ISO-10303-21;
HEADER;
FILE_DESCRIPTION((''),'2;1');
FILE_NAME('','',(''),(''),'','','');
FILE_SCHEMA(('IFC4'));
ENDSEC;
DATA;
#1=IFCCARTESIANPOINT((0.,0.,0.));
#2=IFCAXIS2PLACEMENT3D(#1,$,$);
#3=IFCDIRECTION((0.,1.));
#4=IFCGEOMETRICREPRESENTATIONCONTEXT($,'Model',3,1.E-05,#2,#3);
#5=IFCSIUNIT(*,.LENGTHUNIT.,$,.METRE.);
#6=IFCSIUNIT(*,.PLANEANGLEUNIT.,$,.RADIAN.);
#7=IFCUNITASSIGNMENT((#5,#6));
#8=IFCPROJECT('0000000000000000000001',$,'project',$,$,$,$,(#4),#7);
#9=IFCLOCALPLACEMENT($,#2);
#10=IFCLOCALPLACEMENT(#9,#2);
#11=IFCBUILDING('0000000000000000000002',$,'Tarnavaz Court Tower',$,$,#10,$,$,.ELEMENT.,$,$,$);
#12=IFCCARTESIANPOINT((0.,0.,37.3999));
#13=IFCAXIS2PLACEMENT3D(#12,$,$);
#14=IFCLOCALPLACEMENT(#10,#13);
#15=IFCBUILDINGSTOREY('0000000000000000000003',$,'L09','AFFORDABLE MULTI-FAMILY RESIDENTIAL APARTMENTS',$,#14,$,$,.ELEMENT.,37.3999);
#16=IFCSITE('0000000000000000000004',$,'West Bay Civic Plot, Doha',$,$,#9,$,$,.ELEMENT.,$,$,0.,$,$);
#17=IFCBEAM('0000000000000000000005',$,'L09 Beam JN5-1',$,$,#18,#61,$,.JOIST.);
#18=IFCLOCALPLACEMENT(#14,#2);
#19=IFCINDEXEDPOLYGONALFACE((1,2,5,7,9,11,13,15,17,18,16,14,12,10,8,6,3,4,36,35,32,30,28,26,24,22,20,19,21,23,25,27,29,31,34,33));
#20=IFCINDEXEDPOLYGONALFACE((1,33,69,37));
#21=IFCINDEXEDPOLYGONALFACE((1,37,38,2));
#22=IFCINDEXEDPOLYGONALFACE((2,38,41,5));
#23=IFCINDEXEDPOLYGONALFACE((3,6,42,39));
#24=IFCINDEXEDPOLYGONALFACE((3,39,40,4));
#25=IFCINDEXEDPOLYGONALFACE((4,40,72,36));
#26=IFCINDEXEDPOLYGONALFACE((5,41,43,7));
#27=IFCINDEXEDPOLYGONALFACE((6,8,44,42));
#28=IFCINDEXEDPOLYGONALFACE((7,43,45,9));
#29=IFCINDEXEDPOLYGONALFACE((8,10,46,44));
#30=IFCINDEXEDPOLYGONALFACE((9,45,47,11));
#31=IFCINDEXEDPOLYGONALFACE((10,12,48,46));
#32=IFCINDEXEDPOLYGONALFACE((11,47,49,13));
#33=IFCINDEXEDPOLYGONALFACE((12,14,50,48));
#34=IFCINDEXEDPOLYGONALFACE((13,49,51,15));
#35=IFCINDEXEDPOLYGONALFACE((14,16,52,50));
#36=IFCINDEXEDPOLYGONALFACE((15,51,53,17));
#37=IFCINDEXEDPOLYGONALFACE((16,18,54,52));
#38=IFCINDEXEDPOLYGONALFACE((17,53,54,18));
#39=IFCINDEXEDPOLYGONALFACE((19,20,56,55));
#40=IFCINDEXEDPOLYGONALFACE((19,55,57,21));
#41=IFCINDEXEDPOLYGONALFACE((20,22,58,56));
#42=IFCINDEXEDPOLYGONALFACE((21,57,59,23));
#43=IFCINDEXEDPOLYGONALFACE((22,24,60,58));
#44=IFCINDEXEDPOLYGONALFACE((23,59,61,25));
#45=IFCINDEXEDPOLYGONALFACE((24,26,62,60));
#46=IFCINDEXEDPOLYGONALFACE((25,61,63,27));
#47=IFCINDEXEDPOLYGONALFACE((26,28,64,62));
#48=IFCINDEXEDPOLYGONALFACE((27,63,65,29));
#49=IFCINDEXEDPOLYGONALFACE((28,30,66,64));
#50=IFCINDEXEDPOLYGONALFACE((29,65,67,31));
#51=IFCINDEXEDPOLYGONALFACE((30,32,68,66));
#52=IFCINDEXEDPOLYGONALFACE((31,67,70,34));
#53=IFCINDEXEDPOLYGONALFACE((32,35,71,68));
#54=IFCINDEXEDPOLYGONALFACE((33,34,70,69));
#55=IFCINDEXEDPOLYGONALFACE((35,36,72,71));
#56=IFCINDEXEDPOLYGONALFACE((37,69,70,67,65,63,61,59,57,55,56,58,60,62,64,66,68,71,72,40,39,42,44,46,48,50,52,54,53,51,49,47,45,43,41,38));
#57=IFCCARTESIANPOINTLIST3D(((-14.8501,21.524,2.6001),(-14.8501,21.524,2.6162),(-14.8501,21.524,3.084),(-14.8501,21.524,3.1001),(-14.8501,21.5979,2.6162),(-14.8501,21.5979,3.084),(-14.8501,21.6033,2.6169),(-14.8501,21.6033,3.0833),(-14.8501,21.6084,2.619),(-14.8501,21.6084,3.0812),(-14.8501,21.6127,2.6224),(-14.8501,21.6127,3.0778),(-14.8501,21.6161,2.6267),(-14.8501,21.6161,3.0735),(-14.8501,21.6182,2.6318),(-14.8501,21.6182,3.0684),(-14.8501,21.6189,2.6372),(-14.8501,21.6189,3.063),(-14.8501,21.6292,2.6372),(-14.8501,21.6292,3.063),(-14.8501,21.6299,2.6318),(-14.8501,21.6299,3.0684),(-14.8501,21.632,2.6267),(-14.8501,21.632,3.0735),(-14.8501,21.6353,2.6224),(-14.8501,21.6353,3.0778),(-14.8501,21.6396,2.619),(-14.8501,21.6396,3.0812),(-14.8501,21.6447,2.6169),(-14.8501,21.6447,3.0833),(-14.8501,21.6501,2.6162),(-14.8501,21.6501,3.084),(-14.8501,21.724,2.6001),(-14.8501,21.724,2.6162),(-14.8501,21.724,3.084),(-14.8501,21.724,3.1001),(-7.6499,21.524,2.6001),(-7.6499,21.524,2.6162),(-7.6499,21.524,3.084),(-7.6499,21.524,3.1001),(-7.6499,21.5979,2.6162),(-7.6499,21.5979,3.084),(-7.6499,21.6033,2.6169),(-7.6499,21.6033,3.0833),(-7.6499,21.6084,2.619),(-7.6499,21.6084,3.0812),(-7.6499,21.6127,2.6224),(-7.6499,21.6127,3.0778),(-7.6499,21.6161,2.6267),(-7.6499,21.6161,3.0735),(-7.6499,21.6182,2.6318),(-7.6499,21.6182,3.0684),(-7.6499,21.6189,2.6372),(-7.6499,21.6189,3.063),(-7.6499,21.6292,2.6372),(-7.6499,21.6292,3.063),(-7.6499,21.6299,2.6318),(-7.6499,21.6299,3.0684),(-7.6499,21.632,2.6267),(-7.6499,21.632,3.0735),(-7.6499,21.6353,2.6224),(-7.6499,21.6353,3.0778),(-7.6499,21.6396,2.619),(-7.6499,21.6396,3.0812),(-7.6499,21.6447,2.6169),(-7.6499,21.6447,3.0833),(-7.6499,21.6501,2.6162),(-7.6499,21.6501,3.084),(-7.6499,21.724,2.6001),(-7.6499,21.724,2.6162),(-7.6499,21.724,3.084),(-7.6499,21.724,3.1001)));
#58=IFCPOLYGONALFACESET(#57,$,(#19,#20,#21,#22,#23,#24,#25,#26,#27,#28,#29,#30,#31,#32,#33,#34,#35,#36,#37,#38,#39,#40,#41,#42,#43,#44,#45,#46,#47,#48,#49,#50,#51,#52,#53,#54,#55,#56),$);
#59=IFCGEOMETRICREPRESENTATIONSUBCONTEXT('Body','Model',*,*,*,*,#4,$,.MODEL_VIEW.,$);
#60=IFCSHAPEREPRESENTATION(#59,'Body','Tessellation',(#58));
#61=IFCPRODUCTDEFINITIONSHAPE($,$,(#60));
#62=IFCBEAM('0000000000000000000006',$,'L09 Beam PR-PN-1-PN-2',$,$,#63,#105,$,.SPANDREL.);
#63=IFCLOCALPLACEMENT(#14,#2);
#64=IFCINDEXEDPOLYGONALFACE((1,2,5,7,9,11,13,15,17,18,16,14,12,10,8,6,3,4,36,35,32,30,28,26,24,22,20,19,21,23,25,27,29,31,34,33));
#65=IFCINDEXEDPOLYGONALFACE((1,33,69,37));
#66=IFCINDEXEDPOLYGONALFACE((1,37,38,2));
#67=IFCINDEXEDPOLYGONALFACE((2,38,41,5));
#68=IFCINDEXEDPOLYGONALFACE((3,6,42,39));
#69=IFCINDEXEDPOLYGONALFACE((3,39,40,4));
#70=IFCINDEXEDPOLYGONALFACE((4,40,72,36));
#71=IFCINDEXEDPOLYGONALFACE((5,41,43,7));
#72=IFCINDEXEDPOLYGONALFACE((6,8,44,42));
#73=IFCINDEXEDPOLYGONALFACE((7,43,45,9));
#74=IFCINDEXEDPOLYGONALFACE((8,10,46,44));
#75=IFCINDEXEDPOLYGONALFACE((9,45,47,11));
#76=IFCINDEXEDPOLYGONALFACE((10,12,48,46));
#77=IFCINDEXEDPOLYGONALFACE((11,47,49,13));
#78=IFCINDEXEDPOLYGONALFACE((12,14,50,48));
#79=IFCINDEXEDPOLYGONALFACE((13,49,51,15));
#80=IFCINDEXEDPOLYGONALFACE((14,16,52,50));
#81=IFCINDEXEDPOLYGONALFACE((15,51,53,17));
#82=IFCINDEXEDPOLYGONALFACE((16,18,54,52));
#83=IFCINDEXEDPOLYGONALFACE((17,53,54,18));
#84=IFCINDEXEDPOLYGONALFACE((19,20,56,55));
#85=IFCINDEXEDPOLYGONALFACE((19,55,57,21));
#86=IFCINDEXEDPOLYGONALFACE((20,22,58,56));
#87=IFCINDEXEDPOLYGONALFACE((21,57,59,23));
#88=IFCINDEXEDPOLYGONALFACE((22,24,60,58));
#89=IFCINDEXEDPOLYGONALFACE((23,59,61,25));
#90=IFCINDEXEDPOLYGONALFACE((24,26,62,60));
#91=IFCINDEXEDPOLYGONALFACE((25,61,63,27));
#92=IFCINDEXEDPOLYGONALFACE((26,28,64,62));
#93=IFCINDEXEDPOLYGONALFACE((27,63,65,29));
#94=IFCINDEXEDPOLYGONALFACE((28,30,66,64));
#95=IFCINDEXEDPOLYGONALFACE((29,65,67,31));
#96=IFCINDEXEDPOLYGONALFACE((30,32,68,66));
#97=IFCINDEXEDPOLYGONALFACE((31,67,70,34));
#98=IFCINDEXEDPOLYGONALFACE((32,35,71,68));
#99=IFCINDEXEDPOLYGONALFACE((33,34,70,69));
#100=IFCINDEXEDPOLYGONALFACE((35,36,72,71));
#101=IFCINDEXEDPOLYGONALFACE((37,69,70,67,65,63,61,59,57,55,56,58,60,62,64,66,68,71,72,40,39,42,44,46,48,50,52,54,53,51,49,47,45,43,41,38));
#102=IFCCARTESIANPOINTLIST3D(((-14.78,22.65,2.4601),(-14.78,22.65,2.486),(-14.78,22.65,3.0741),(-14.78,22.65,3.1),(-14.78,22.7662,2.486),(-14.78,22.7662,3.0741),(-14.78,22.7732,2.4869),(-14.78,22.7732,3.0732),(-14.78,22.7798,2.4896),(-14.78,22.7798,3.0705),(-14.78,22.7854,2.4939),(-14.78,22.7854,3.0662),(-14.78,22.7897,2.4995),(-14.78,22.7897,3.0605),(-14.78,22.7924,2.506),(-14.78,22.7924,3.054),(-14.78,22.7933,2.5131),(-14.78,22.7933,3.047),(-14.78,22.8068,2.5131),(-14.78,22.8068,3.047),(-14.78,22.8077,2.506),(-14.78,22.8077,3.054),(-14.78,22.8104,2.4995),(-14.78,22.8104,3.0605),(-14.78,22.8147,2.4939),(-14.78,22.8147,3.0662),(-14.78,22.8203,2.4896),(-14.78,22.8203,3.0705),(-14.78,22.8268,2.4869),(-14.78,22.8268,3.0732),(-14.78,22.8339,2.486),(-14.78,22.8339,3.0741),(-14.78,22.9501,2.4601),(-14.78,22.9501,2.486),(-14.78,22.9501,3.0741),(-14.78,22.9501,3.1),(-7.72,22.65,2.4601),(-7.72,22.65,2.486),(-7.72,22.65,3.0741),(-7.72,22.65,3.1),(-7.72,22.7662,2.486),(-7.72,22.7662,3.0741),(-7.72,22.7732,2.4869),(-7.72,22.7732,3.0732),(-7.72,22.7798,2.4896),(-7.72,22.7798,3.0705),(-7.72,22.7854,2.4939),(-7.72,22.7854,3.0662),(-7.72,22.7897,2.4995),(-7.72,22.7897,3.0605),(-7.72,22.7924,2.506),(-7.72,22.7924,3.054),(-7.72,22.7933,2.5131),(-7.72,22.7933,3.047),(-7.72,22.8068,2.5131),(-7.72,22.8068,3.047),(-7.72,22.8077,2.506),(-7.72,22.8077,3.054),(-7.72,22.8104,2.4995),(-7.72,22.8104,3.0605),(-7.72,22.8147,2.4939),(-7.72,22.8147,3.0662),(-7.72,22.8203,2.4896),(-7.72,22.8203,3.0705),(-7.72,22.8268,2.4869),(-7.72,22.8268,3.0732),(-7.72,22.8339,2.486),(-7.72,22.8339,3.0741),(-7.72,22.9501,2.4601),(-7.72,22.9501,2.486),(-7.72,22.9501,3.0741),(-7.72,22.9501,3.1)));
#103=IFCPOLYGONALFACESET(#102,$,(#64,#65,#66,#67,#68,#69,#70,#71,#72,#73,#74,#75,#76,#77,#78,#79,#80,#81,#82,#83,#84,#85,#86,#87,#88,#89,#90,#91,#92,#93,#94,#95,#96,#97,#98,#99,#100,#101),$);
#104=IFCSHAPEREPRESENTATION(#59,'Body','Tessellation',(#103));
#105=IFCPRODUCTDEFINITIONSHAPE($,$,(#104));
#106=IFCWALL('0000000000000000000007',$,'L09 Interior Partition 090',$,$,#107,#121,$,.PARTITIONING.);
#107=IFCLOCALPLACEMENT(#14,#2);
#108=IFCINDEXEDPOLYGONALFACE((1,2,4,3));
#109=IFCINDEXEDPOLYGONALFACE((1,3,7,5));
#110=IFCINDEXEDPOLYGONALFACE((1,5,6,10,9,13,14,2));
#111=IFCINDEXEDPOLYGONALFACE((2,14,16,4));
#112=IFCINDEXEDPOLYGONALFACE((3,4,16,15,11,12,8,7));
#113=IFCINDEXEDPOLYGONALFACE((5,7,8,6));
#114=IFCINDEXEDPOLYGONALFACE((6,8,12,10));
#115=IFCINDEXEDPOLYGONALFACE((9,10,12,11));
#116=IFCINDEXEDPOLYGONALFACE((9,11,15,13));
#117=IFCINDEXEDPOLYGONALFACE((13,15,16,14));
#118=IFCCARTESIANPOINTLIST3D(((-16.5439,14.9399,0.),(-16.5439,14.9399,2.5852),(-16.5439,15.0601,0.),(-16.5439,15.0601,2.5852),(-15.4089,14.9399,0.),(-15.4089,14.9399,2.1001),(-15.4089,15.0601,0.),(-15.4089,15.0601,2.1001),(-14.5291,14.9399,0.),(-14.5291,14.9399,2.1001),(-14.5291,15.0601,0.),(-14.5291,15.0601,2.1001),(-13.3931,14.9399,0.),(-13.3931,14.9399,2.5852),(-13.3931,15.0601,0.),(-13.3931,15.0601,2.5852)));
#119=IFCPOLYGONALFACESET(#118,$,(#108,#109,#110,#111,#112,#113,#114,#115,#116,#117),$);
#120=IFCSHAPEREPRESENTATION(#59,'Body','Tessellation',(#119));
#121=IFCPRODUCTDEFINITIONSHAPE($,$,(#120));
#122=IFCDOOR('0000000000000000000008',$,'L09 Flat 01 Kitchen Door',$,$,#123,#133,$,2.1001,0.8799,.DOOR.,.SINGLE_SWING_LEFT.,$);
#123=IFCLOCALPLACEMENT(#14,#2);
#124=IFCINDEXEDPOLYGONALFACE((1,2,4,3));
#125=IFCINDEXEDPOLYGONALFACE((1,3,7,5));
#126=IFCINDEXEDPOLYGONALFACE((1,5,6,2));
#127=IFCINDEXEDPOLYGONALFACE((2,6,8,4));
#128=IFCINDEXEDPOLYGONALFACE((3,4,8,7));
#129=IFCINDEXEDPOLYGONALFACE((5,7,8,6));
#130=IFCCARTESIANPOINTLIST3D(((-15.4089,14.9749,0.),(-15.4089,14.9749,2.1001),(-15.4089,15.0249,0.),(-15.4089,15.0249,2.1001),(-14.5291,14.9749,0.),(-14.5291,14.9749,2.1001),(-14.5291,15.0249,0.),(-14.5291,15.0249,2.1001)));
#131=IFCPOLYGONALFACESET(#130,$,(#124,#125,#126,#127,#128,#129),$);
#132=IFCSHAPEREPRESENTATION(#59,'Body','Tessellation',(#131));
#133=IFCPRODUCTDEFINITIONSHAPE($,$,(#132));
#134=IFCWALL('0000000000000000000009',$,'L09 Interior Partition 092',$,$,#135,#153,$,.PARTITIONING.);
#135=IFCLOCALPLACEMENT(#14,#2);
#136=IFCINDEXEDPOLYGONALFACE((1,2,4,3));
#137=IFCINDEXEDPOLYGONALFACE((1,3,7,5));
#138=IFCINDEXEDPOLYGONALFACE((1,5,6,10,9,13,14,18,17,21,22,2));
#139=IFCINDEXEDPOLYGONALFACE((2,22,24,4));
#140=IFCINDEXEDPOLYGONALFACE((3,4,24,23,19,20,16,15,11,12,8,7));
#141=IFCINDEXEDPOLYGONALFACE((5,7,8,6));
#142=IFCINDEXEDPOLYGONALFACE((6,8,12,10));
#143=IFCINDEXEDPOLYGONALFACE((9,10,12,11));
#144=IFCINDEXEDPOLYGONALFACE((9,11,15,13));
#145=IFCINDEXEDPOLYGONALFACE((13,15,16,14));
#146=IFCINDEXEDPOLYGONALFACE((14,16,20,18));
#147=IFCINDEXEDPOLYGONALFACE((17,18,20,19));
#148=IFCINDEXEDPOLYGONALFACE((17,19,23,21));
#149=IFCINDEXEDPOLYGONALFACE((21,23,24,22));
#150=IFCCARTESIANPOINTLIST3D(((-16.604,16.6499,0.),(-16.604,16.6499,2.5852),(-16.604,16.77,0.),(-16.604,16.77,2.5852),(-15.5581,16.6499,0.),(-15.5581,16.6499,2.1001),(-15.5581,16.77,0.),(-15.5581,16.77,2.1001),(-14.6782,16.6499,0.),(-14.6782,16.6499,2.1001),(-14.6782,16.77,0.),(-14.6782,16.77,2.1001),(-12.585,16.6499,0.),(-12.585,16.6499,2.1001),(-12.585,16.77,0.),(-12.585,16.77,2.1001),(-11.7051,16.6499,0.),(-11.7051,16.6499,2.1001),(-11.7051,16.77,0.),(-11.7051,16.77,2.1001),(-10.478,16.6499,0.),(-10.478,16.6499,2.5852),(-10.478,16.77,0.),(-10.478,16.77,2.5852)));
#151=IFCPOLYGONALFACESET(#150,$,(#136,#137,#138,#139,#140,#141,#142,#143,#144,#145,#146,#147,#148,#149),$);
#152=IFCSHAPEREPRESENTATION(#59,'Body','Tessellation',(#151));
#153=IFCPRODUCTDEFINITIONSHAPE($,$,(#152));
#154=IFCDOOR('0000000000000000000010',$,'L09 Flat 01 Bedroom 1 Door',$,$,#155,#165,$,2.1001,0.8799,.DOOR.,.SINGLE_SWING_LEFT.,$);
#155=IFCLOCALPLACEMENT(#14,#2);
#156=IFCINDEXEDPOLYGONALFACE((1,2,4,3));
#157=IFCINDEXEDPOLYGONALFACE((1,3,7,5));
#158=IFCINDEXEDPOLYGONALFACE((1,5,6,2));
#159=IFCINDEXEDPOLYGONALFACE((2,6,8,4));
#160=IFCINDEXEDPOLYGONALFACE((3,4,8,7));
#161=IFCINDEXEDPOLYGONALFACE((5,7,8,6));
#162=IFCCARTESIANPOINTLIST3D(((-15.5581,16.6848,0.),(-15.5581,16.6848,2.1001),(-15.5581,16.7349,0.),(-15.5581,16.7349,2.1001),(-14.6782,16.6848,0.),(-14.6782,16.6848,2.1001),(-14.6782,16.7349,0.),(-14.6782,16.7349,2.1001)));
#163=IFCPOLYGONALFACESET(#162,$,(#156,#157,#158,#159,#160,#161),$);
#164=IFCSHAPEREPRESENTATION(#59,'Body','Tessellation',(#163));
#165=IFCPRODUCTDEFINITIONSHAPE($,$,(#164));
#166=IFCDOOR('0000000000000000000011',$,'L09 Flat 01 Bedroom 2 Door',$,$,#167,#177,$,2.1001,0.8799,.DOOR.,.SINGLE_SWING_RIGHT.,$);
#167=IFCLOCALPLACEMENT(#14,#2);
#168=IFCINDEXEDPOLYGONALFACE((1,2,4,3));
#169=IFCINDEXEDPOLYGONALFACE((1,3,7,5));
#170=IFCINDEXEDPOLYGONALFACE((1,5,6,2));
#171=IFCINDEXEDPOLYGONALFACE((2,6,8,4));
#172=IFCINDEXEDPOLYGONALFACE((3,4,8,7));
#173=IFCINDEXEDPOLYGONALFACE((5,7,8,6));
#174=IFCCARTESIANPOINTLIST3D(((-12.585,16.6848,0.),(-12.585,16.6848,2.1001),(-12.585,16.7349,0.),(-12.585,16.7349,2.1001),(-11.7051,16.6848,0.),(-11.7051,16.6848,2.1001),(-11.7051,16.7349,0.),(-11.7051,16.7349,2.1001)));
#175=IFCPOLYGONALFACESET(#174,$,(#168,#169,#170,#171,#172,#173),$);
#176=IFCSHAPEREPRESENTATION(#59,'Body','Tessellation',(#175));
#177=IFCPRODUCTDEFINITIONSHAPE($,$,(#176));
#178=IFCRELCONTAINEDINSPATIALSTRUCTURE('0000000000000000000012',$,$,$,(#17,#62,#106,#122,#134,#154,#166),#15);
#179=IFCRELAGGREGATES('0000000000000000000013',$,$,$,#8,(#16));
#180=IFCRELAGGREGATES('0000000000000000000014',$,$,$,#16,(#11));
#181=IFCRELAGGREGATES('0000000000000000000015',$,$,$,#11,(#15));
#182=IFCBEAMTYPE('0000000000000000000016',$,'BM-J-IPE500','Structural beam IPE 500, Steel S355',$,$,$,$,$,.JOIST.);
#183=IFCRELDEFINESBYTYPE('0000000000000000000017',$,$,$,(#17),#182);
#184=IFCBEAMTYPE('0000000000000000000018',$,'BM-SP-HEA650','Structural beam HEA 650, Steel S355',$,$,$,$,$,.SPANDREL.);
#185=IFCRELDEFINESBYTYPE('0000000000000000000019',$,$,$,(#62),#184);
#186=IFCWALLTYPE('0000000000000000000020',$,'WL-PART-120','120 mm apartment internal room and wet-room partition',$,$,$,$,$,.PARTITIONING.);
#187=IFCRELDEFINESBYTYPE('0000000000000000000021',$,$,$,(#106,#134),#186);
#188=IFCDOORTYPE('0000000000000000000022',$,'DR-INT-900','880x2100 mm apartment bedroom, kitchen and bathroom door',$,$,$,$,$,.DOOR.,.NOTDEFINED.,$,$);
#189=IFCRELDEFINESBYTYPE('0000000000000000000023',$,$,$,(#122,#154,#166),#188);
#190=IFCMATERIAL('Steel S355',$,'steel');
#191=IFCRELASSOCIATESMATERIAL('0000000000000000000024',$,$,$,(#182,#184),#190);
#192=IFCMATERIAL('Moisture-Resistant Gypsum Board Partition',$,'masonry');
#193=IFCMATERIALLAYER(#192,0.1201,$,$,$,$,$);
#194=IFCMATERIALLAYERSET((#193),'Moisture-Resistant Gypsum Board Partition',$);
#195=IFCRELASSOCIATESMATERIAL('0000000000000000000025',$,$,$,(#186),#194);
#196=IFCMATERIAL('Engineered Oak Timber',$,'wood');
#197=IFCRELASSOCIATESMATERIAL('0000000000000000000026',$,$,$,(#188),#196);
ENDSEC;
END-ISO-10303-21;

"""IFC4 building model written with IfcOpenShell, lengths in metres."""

from ifc_helpers import new_model, si_unit, direction, frame, frame_2d, origin, origin_2d, place, context, subcontext, project, spatial, rectangle, i_section, extrude, material, layer, layer_set, material_profile, profile_set, type_object, element, fill, save


model = new_model("IFC4")

# Units and contexts
model_context = context("Model", 3, precision=1e-05, world=origin(), true_north=direction((0.0, 1.0)))
body_context = subcontext(model_context, "Body", "Model", "MODEL_VIEW")
ifc_project = project(units=[si_unit("LENGTHUNIT", "METRE"), si_unit("PLANEANGLEUNIT", "RADIAN")], contexts=[model_context])

# Site, building, storey
site_placement = place(None, origin())
site = spatial("IfcSite", under=ifc_project, at=site_placement, Name="West Bay Civic Plot, Doha", CompositionType="ELEMENT", RefElevation=0.0)
building_placement = place(site_placement, origin())
building = spatial("IfcBuilding", under=site, at=building_placement, Name="Tarnavaz Court Tower", CompositionType="ELEMENT")
storey_placement = place(building_placement, frame((0.0, 0.0, 37.3999)))
storey = spatial("IfcBuildingStorey", under=building, at=storey_placement, Name="L09", Description="AFFORDABLE MULTI-FAMILY RESIDENTIAL APARTMENTS", CompositionType="ELEMENT", Elevation=37.3999)

# Beams
ifc_material_1 = material(Name="Steel S355", Category="steel")
ifc_material_profile_1 = material_profile(ifc_material_1, i_section(OverallWidth=0.2, OverallDepth=0.5, WebThickness=0.0103, FlangeThickness=0.0161, FilletRadius=0.021, at=origin_2d()), Name="IPE 500")
ifc_profile_set_1 = profile_set([ifc_material_profile_1], Name="Steel S355")
beam_type_1 = type_object("IfcBeamType", Name="BM-J-IPE500", Description="Structural beam IPE 500, Steel S355", PredefinedType="JOIST", material=ifc_profile_set_1)
for number, where, z_axis, x_axis, name in (
    (1, (-14.8501, 21.624, 2.8501), (1.0, 0.0, 0.0), (0.0, 1.0, 0.0), "L09 Beam JN5-1"),
):
    element("IfcBeam", number, at=place(storey_placement, frame(where, z_axis=z_axis, x_axis=x_axis)), inside=storey, type_object=beam_type_1, Name=name, PredefinedType="JOIST", context=body_context, shape_type="SweptSolid", body=[
        extrude(i_section(OverallWidth=0.2, OverallDepth=0.5, WebThickness=0.0103, FlangeThickness=0.0161, FilletRadius=0.021, at=origin_2d()), origin(), (0.0, 0.0, 1.0), 7.2002),
    ])
ifc_material_profile_2 = material_profile(ifc_material_1, i_section(OverallWidth=0.3, OverallDepth=0.6399, WebThickness=0.0134, FlangeThickness=0.0259, FilletRadius=0.0271, at=origin_2d()), Name="HEA 650")
ifc_profile_set_2 = profile_set([ifc_material_profile_2], Name="Steel S355")
beam_type_2 = type_object("IfcBeamType", Name="BM-SP-HEA650", Description="Structural beam HEA 650, Steel S355", PredefinedType="SPANDREL", material=ifc_profile_set_2)
beam_placement = place(storey_placement, frame((-14.78, 22.8, 2.78), z_axis=(1.0, 0.0, 0.0), x_axis=(0.0, 1.0, 0.0)))
element("IfcBeam", 2, at=beam_placement, inside=storey, type_object=beam_type_2, Name="L09 Beam PR-PN-1-PN-2", PredefinedType="SPANDREL", context=body_context, shape_type="SweptSolid", body=[
    extrude(i_section(OverallWidth=0.3, OverallDepth=0.6399, WebThickness=0.0134, FlangeThickness=0.0259, FilletRadius=0.0271, at=origin_2d()), origin(), (0.0, 0.0, 1.0), 7.0601),
])

# Wall, opening, door
ifc_material_2 = material(Name="Moisture-Resistant Gypsum Board Partition", Category="masonry")
ifc_layer_1 = layer(ifc_material_2, 0.1201)
ifc_layer_set_1 = layer_set([ifc_layer_1], Name="Moisture-Resistant Gypsum Board Partition")
wall_type_1 = type_object("IfcWallType", Name="WL-PART-120", Description="120 mm apartment internal room and wet-room partition", PredefinedType="PARTITIONING", material=ifc_layer_set_1)
wall_1_placement = place(storey_placement, frame((-16.5439, 15.0, 0.0), z_axis=(0.0, 0.0, 1.0), x_axis=(1.0, 0.0, 0.0)))
wall_1 = element("IfcWall", 3, at=wall_1_placement, inside=storey, type_object=wall_type_1, Name="L09 Interior Partition 090", PredefinedType="PARTITIONING", context=body_context, shape_type="SweptSolid", body=[
    extrude(rectangle(XDim=3.1509, YDim=0.1201, at=frame_2d((1.5754, 0.0))), origin(), (0.0, 0.0, 1.0), 2.5852),
])
opening_1_placement = place(wall_1_placement, frame((1.135, 0.0, 0.0)))
opening_1 = element("IfcOpeningElement", 4, at=opening_1_placement, cuts=wall_1, PredefinedType="OPENING", context=body_context, shape_type="SweptSolid", body=[
    extrude(rectangle(XDim=0.8799, YDim=2.1001, at=frame_2d((0.4399, 1.05))), frame((0.0, 0.0701, 0.0), z_axis=(0.0, -1.0, 0.0), x_axis=(1.0, 0.0, 0.0)), (0.0, 0.0, 1.0), 0.1401),
])
ifc_material_3 = material(Name="Engineered Oak Timber", Category="wood")
door_type = type_object("IfcDoorType", Name="DR-INT-900", Description="880x2100 mm apartment bedroom, kitchen and bathroom door", OperationType="NOTDEFINED", PredefinedType="DOOR", material=ifc_material_3)
door_1_placement = place(opening_1_placement, origin())
door_1 = element("IfcDoor", 5, at=door_1_placement, inside=storey, type_object=door_type, Name="L09 Flat 01 Kitchen Door", OperationType="SINGLE_SWING_LEFT", OverallHeight=2.1001, OverallWidth=0.8799, PredefinedType="DOOR", context=body_context, shape_type="SweptSolid", body=[
    extrude(rectangle(XDim=0.8799, YDim=2.1001, at=frame_2d((0.4399, 1.05))), frame((0.0, 0.0249, 0.0), z_axis=(0.0, -1.0, 0.0), x_axis=(1.0, 0.0, 0.0)), (0.0, 0.0, 1.0), 0.05),
])
fill(opening_1, door_1)

# Wall, openings, doors
wall_2_placement = place(storey_placement, frame((-16.604, 16.71, 0.0), z_axis=(0.0, 0.0, 1.0), x_axis=(1.0, 0.0, 0.0)))
wall_2 = element("IfcWall", 6, at=wall_2_placement, inside=storey, type_object=wall_type_1, Name="L09 Interior Partition 092", PredefinedType="PARTITIONING", context=body_context, shape_type="SweptSolid", body=[
    extrude(rectangle(XDim=6.126, YDim=0.1201, at=frame_2d((3.063, 0.0))), origin(), (0.0, 0.0, 1.0), 2.5852),
])
opening_2_placement = place(wall_2_placement, frame((1.0459, 0.0, 0.0)))
opening_2 = element("IfcOpeningElement", 7, at=opening_2_placement, cuts=wall_2, PredefinedType="OPENING", context=body_context, shape_type="SweptSolid", body=[
    extrude(rectangle(XDim=0.8799, YDim=2.1001, at=frame_2d((0.4399, 1.05))), frame((0.0, 0.0701, 0.0), z_axis=(0.0, -1.0, 0.0), x_axis=(1.0, 0.0, 0.0)), (0.0, 0.0, 1.0), 0.1401),
])
opening_3_placement = place(wall_2_placement, frame((4.019, 0.0, 0.0)))
opening_3 = element("IfcOpeningElement", 8, at=opening_3_placement, cuts=wall_2, PredefinedType="OPENING", context=body_context, shape_type="SweptSolid", body=[
    extrude(rectangle(XDim=0.8799, YDim=2.1001, at=frame_2d((0.4399, 1.05))), frame((0.0, 0.0701, 0.0), z_axis=(0.0, -1.0, 0.0), x_axis=(1.0, 0.0, 0.0)), (0.0, 0.0, 1.0), 0.1401),
])
door_2_placement = place(opening_2_placement, origin())
door_2 = element("IfcDoor", 9, at=door_2_placement, inside=storey, type_object=door_type, Name="L09 Flat 01 Bedroom 1 Door", OperationType="SINGLE_SWING_LEFT", OverallHeight=2.1001, OverallWidth=0.8799, PredefinedType="DOOR", context=body_context, shape_type="SweptSolid", body=[
    extrude(rectangle(XDim=0.8799, YDim=2.1001, at=frame_2d((0.4399, 1.05))), frame((0.0, 0.0249, 0.0), z_axis=(0.0, -1.0, 0.0), x_axis=(1.0, 0.0, 0.0)), (0.0, 0.0, 1.0), 0.05),
])
fill(opening_2, door_2)
door_3_placement = place(opening_3_placement, origin())
door_3 = element("IfcDoor", 10, at=door_3_placement, inside=storey, type_object=door_type, Name="L09 Flat 01 Bedroom 2 Door", OperationType="SINGLE_SWING_RIGHT", OverallHeight=2.1001, OverallWidth=0.8799, PredefinedType="DOOR", context=body_context, shape_type="SweptSolid", body=[
    extrude(rectangle(XDim=0.8799, YDim=2.1001, at=frame_2d((0.4399, 1.05))), frame((0.0, 0.0249, 0.0), z_axis=(0.0, -1.0, 0.0), x_axis=(1.0, 0.0, 0.0)), (0.0, 0.0, 1.0), 0.05),
])
fill(opening_3, door_3)

save(model, "model.ifc")
